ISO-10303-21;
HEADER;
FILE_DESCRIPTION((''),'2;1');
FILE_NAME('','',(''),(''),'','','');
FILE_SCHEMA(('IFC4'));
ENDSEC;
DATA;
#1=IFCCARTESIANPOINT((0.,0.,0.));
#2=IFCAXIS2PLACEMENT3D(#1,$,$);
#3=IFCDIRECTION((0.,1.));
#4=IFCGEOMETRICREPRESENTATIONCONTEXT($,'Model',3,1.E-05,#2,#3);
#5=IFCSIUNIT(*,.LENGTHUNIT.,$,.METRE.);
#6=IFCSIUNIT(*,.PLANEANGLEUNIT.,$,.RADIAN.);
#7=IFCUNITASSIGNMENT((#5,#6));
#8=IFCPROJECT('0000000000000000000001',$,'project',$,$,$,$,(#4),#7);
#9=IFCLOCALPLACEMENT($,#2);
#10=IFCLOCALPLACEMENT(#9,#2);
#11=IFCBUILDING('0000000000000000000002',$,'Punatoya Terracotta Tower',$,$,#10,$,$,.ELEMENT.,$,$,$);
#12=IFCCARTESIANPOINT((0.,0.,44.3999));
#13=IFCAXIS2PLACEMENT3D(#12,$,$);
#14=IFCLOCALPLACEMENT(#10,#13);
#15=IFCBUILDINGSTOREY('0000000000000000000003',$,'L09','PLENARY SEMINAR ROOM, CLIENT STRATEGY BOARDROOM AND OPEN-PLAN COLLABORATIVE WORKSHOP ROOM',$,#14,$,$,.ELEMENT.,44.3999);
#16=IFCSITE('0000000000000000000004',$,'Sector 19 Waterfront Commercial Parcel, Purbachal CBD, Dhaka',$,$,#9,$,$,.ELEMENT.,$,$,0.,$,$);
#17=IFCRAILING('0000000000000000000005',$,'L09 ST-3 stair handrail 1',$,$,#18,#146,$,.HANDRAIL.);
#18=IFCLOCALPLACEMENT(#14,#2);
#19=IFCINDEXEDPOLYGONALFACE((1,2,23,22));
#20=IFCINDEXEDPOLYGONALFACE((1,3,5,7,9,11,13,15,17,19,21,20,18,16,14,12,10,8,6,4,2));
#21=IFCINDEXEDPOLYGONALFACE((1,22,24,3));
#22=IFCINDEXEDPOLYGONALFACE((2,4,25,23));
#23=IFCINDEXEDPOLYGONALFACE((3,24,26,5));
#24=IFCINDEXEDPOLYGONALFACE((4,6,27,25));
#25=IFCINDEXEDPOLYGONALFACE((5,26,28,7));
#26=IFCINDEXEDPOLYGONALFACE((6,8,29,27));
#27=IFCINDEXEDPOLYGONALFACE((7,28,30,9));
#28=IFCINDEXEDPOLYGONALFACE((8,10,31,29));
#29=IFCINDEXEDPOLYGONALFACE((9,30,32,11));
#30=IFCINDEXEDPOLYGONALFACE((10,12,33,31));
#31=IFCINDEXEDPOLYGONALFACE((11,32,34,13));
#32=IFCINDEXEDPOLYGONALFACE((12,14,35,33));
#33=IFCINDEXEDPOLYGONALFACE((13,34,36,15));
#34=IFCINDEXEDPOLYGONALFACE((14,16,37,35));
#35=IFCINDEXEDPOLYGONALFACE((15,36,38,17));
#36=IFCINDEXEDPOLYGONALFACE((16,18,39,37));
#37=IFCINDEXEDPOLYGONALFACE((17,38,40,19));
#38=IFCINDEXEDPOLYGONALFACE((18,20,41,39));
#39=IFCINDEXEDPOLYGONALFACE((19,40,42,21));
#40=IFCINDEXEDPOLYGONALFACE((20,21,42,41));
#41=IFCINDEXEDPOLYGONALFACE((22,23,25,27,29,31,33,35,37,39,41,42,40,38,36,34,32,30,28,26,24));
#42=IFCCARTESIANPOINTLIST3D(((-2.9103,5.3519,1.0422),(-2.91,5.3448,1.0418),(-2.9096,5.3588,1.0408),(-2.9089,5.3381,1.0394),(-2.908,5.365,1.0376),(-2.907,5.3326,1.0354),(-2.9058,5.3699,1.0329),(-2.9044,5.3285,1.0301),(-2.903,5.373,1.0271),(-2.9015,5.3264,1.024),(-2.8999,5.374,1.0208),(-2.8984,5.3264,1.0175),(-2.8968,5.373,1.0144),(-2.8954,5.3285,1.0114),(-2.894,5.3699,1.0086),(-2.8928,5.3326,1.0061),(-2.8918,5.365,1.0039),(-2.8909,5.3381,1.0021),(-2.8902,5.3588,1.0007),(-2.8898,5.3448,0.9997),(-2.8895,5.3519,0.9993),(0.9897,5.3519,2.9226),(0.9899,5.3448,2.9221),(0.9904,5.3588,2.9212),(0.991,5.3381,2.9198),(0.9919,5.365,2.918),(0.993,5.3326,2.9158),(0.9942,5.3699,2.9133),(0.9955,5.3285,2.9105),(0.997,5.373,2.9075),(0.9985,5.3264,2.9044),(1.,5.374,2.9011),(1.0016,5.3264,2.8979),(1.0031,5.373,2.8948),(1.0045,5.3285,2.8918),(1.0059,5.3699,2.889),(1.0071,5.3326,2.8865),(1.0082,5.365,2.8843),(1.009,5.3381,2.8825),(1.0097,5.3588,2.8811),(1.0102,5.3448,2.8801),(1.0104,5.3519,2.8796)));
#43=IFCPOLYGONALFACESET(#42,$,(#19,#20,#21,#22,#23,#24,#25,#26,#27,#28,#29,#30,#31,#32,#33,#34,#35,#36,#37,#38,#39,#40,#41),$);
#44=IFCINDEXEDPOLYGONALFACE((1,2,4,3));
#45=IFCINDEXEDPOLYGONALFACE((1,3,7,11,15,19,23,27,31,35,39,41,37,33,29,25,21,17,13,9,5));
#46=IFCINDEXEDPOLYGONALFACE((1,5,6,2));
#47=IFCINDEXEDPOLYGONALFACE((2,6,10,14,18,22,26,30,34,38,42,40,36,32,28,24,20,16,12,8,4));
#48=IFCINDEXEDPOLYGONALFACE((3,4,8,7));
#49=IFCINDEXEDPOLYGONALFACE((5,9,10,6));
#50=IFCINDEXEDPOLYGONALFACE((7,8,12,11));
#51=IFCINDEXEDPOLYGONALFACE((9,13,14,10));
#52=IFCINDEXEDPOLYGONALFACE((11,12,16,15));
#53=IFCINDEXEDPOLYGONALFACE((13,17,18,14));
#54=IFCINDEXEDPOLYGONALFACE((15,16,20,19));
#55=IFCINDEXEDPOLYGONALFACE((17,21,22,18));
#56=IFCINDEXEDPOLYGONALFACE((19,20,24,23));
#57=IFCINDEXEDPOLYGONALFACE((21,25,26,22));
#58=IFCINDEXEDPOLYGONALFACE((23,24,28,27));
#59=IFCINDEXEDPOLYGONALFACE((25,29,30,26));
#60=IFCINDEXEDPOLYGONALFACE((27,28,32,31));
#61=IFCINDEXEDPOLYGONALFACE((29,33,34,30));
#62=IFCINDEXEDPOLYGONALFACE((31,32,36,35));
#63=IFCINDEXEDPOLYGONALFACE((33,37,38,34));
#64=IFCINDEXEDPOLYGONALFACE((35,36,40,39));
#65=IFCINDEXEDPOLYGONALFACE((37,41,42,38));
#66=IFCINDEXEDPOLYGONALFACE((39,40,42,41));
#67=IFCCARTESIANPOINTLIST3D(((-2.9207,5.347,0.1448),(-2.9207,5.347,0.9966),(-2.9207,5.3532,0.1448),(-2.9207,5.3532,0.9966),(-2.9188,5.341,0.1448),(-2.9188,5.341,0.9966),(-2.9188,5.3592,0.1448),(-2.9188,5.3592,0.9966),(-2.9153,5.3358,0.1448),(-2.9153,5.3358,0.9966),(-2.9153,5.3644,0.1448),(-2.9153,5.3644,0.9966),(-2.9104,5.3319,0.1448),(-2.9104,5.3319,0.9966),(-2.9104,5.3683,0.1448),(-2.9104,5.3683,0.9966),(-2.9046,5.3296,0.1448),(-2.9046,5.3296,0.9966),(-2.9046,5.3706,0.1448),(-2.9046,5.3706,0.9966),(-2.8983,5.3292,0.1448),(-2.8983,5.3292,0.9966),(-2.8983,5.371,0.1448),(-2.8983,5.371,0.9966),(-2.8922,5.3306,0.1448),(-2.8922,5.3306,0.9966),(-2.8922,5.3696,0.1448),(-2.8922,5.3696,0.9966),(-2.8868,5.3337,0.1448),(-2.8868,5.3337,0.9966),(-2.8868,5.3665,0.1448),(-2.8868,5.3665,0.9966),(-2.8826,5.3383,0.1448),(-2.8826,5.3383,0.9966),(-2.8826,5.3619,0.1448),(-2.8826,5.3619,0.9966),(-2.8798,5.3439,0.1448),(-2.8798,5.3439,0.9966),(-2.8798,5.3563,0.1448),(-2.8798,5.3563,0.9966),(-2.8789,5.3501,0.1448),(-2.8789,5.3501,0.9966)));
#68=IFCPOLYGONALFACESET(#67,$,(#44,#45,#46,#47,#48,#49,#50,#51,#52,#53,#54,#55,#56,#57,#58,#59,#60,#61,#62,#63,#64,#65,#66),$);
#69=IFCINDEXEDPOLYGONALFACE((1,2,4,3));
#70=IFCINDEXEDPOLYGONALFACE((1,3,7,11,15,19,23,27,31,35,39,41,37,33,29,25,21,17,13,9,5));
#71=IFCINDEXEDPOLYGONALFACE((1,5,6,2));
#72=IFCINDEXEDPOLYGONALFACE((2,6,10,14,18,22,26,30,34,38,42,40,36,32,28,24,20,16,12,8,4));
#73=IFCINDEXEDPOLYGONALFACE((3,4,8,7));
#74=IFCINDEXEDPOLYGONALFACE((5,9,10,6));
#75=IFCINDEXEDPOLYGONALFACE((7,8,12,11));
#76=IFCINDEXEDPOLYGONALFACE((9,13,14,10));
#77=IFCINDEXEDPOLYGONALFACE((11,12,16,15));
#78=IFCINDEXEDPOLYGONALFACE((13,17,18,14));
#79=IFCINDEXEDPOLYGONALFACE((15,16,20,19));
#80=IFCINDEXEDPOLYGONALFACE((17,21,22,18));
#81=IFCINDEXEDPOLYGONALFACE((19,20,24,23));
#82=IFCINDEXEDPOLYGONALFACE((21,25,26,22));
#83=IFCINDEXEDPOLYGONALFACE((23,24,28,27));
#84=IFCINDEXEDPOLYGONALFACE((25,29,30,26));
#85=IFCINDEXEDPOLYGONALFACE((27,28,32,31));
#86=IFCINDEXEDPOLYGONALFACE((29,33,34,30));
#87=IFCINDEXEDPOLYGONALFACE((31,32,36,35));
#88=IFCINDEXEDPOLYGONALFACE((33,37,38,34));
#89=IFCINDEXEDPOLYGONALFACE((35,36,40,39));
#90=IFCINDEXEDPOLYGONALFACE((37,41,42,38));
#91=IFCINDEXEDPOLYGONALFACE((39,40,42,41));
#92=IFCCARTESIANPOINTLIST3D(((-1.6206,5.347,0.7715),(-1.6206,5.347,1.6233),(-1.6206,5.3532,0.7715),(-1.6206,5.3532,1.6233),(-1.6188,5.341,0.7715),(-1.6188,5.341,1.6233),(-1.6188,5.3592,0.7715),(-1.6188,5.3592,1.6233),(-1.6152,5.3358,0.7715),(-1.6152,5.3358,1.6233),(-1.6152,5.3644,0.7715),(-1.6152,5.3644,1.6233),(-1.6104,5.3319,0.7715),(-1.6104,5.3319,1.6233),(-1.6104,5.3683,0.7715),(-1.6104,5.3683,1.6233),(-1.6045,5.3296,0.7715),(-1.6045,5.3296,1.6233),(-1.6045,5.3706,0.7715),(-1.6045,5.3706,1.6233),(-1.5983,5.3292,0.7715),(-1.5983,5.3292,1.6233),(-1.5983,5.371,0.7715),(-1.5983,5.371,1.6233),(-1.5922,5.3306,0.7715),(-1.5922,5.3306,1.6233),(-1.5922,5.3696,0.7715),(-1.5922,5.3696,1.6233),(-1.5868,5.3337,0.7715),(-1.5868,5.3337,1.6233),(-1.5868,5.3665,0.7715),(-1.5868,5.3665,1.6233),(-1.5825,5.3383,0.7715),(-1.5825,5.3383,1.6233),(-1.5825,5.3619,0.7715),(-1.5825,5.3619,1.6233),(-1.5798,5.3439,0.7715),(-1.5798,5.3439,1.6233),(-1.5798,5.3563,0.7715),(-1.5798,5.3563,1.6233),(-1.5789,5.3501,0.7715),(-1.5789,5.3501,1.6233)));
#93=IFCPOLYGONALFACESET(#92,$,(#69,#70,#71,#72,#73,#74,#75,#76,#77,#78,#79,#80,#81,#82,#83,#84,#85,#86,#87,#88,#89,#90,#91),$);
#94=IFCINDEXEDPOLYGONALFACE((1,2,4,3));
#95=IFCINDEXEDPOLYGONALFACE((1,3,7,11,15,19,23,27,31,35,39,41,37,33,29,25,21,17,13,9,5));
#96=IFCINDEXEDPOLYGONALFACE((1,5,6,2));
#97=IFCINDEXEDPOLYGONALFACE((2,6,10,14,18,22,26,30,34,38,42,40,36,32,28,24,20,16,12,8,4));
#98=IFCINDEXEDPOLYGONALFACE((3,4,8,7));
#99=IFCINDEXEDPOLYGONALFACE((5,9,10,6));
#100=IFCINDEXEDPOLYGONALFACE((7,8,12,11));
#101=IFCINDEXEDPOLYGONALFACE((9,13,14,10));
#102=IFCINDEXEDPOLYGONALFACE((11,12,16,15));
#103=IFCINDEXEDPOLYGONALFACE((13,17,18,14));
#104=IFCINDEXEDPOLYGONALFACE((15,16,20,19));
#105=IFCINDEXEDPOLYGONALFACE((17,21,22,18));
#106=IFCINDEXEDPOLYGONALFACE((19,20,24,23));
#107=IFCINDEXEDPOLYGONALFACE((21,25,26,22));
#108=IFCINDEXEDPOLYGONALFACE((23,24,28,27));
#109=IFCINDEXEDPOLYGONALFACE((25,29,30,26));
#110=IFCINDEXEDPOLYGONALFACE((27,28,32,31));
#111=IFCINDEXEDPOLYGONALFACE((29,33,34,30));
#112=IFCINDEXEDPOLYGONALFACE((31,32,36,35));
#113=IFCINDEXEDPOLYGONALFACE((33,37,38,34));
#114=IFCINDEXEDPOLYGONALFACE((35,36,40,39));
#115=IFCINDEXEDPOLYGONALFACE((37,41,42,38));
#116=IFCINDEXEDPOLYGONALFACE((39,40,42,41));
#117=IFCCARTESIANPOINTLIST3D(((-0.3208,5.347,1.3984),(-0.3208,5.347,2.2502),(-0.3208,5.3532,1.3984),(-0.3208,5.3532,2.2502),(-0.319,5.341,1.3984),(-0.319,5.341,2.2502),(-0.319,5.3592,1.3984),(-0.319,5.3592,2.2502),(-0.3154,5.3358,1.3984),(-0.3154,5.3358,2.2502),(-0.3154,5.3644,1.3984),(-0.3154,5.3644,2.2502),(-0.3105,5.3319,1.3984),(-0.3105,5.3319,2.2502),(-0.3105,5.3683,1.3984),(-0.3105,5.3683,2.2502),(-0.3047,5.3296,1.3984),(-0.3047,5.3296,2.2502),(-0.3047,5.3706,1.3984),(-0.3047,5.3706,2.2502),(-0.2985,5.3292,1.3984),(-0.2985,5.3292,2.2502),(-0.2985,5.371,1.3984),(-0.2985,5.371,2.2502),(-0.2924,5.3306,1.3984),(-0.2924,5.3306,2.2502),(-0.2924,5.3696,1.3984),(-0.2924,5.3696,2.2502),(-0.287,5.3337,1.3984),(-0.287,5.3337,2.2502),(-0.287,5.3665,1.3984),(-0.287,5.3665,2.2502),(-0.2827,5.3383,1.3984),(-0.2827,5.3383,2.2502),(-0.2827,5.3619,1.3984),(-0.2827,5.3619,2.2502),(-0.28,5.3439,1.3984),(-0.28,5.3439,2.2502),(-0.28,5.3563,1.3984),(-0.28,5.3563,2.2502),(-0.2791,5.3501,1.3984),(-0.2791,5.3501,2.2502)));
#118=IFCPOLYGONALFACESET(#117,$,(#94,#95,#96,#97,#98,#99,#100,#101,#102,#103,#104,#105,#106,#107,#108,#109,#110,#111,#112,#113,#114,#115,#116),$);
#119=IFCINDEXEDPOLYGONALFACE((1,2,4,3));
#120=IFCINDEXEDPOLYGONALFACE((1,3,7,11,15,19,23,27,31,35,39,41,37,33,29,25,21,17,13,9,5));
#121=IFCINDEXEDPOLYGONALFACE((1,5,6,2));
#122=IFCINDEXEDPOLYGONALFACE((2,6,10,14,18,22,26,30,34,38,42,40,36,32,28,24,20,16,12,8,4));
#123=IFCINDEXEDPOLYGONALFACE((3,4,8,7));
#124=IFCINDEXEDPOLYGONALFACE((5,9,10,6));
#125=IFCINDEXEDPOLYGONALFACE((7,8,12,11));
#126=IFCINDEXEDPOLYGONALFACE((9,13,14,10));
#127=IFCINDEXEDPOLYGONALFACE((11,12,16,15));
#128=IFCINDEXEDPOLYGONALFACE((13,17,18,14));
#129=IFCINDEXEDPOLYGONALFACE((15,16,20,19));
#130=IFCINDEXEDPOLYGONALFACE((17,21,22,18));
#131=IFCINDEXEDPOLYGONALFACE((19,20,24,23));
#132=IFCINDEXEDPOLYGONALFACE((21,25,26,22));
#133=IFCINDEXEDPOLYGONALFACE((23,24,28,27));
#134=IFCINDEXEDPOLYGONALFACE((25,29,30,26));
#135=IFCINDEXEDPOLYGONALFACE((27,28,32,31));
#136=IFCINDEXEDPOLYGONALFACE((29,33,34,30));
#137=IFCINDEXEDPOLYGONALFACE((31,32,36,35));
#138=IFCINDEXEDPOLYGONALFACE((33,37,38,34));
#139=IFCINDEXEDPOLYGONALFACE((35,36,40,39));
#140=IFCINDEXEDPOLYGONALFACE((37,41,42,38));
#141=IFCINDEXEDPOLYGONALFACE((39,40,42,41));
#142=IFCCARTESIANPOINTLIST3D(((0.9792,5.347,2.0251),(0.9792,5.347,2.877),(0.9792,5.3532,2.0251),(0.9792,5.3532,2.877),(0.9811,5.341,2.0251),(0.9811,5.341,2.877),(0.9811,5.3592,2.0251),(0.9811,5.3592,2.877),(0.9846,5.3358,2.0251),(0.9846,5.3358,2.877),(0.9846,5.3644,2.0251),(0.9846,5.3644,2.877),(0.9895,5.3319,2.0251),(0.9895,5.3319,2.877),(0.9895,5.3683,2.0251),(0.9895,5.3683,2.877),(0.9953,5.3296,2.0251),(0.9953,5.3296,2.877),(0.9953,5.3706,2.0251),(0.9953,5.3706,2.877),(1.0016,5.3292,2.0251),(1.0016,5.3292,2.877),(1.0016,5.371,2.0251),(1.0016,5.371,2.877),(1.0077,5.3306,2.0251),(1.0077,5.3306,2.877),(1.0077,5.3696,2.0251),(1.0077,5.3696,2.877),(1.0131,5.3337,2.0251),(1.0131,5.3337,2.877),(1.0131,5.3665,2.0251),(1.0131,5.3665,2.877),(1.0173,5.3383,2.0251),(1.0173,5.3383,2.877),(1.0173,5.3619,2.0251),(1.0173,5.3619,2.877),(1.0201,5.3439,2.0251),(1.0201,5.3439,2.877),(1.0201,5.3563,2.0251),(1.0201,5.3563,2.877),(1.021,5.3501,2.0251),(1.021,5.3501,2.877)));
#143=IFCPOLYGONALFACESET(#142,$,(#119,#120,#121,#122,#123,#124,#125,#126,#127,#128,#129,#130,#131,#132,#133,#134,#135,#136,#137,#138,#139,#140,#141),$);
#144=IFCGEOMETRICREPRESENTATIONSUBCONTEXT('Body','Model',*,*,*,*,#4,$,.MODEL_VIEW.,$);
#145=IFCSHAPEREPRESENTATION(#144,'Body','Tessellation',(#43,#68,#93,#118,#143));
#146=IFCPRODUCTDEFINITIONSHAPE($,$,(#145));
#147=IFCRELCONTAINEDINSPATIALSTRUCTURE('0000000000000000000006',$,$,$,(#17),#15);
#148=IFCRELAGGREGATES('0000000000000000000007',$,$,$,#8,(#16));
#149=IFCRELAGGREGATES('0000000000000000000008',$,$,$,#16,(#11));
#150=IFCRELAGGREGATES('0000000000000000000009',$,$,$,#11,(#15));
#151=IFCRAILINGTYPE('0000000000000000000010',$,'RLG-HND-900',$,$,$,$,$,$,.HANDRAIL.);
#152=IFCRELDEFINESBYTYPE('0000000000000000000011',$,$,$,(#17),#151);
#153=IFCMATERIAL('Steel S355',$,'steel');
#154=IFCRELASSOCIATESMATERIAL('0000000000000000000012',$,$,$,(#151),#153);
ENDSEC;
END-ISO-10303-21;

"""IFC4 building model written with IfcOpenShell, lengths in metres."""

from ifc_helpers import new_model, si_unit, direction, frame, origin, origin_2d, place, context, subcontext, project, spatial, circle, extrude, material, type_object, element, save


model = new_model("IFC4")

# Units and contexts
model_context = context("Model", 3, precision=1e-05, world=origin(), true_north=direction((0.0, 1.0)))
body_context = subcontext(model_context, "Body", "Model", "MODEL_VIEW")
ifc_project = project(units=[si_unit("LENGTHUNIT", "METRE"), si_unit("PLANEANGLEUNIT", "RADIAN")], contexts=[model_context])

# Site, building, storey
site_placement = place(None, origin())
site = spatial("IfcSite", under=ifc_project, at=site_placement, Name="Sector 19 Waterfront Commercial Parcel, Purbachal CBD, Dhaka", CompositionType="ELEMENT", RefElevation=0.0)
building_placement = place(site_placement, origin())
building = spatial("IfcBuilding", under=site, at=building_placement, Name="Punatoya Terracotta Tower", CompositionType="ELEMENT")
storey_placement = place(building_placement, frame((0.0, 0.0, 44.3999)))
storey = spatial("IfcBuildingStorey", under=building, at=storey_placement, Name="L09", Description="PLENARY SEMINAR ROOM, CLIENT STRATEGY BOARDROOM AND OPEN-PLAN COLLABORATIVE WORKSHOP ROOM", CompositionType="ELEMENT", Elevation=44.3999)

# Shared definitions
ifc_material_1 = material(Name="Steel S355", Category="steel")

# Railing
railing_type_1 = type_object("IfcRailingType", Name="RLG-HND-900", PredefinedType="HANDRAIL", material=ifc_material_1)
railing_1_placement = place(storey_placement, frame((-2.8999, 5.3501, 0.1448)))
element("IfcRailing", 1, at=railing_1_placement, inside=storey, type_object=railing_type_1, Name="L09 ST-3 stair handrail 1", PredefinedType="HANDRAIL", context=body_context, shape_type="SweptSolid", body=[
    extrude(circle(Radius=0.0239, at=origin_2d()), frame((0.0, 0.0, 0.876), z_axis=(0.900763, 0.0, 0.434311), x_axis=(0.0, 1.0, 0.0)), (0.0, 0.0, 1.0), 4.3296),
    extrude(circle(Radius=0.021, at=origin_2d()), origin(), (0.0, 0.0, 1.0), 0.8518),
    extrude(circle(Radius=0.021, at=origin_2d()), frame((1.3, 0.0, 0.6267)), (0.0, 0.0, 1.0), 0.8518),
    extrude(circle(Radius=0.021, at=origin_2d()), frame((2.5999, 0.0, 1.2537)), (0.0, 0.0, 1.0), 0.8518),
    extrude(circle(Radius=0.021, at=origin_2d()), frame((3.8999, 0.0, 1.8804)), (0.0, 0.0, 1.0), 0.8518),
])

save(model, "model.ifc")
